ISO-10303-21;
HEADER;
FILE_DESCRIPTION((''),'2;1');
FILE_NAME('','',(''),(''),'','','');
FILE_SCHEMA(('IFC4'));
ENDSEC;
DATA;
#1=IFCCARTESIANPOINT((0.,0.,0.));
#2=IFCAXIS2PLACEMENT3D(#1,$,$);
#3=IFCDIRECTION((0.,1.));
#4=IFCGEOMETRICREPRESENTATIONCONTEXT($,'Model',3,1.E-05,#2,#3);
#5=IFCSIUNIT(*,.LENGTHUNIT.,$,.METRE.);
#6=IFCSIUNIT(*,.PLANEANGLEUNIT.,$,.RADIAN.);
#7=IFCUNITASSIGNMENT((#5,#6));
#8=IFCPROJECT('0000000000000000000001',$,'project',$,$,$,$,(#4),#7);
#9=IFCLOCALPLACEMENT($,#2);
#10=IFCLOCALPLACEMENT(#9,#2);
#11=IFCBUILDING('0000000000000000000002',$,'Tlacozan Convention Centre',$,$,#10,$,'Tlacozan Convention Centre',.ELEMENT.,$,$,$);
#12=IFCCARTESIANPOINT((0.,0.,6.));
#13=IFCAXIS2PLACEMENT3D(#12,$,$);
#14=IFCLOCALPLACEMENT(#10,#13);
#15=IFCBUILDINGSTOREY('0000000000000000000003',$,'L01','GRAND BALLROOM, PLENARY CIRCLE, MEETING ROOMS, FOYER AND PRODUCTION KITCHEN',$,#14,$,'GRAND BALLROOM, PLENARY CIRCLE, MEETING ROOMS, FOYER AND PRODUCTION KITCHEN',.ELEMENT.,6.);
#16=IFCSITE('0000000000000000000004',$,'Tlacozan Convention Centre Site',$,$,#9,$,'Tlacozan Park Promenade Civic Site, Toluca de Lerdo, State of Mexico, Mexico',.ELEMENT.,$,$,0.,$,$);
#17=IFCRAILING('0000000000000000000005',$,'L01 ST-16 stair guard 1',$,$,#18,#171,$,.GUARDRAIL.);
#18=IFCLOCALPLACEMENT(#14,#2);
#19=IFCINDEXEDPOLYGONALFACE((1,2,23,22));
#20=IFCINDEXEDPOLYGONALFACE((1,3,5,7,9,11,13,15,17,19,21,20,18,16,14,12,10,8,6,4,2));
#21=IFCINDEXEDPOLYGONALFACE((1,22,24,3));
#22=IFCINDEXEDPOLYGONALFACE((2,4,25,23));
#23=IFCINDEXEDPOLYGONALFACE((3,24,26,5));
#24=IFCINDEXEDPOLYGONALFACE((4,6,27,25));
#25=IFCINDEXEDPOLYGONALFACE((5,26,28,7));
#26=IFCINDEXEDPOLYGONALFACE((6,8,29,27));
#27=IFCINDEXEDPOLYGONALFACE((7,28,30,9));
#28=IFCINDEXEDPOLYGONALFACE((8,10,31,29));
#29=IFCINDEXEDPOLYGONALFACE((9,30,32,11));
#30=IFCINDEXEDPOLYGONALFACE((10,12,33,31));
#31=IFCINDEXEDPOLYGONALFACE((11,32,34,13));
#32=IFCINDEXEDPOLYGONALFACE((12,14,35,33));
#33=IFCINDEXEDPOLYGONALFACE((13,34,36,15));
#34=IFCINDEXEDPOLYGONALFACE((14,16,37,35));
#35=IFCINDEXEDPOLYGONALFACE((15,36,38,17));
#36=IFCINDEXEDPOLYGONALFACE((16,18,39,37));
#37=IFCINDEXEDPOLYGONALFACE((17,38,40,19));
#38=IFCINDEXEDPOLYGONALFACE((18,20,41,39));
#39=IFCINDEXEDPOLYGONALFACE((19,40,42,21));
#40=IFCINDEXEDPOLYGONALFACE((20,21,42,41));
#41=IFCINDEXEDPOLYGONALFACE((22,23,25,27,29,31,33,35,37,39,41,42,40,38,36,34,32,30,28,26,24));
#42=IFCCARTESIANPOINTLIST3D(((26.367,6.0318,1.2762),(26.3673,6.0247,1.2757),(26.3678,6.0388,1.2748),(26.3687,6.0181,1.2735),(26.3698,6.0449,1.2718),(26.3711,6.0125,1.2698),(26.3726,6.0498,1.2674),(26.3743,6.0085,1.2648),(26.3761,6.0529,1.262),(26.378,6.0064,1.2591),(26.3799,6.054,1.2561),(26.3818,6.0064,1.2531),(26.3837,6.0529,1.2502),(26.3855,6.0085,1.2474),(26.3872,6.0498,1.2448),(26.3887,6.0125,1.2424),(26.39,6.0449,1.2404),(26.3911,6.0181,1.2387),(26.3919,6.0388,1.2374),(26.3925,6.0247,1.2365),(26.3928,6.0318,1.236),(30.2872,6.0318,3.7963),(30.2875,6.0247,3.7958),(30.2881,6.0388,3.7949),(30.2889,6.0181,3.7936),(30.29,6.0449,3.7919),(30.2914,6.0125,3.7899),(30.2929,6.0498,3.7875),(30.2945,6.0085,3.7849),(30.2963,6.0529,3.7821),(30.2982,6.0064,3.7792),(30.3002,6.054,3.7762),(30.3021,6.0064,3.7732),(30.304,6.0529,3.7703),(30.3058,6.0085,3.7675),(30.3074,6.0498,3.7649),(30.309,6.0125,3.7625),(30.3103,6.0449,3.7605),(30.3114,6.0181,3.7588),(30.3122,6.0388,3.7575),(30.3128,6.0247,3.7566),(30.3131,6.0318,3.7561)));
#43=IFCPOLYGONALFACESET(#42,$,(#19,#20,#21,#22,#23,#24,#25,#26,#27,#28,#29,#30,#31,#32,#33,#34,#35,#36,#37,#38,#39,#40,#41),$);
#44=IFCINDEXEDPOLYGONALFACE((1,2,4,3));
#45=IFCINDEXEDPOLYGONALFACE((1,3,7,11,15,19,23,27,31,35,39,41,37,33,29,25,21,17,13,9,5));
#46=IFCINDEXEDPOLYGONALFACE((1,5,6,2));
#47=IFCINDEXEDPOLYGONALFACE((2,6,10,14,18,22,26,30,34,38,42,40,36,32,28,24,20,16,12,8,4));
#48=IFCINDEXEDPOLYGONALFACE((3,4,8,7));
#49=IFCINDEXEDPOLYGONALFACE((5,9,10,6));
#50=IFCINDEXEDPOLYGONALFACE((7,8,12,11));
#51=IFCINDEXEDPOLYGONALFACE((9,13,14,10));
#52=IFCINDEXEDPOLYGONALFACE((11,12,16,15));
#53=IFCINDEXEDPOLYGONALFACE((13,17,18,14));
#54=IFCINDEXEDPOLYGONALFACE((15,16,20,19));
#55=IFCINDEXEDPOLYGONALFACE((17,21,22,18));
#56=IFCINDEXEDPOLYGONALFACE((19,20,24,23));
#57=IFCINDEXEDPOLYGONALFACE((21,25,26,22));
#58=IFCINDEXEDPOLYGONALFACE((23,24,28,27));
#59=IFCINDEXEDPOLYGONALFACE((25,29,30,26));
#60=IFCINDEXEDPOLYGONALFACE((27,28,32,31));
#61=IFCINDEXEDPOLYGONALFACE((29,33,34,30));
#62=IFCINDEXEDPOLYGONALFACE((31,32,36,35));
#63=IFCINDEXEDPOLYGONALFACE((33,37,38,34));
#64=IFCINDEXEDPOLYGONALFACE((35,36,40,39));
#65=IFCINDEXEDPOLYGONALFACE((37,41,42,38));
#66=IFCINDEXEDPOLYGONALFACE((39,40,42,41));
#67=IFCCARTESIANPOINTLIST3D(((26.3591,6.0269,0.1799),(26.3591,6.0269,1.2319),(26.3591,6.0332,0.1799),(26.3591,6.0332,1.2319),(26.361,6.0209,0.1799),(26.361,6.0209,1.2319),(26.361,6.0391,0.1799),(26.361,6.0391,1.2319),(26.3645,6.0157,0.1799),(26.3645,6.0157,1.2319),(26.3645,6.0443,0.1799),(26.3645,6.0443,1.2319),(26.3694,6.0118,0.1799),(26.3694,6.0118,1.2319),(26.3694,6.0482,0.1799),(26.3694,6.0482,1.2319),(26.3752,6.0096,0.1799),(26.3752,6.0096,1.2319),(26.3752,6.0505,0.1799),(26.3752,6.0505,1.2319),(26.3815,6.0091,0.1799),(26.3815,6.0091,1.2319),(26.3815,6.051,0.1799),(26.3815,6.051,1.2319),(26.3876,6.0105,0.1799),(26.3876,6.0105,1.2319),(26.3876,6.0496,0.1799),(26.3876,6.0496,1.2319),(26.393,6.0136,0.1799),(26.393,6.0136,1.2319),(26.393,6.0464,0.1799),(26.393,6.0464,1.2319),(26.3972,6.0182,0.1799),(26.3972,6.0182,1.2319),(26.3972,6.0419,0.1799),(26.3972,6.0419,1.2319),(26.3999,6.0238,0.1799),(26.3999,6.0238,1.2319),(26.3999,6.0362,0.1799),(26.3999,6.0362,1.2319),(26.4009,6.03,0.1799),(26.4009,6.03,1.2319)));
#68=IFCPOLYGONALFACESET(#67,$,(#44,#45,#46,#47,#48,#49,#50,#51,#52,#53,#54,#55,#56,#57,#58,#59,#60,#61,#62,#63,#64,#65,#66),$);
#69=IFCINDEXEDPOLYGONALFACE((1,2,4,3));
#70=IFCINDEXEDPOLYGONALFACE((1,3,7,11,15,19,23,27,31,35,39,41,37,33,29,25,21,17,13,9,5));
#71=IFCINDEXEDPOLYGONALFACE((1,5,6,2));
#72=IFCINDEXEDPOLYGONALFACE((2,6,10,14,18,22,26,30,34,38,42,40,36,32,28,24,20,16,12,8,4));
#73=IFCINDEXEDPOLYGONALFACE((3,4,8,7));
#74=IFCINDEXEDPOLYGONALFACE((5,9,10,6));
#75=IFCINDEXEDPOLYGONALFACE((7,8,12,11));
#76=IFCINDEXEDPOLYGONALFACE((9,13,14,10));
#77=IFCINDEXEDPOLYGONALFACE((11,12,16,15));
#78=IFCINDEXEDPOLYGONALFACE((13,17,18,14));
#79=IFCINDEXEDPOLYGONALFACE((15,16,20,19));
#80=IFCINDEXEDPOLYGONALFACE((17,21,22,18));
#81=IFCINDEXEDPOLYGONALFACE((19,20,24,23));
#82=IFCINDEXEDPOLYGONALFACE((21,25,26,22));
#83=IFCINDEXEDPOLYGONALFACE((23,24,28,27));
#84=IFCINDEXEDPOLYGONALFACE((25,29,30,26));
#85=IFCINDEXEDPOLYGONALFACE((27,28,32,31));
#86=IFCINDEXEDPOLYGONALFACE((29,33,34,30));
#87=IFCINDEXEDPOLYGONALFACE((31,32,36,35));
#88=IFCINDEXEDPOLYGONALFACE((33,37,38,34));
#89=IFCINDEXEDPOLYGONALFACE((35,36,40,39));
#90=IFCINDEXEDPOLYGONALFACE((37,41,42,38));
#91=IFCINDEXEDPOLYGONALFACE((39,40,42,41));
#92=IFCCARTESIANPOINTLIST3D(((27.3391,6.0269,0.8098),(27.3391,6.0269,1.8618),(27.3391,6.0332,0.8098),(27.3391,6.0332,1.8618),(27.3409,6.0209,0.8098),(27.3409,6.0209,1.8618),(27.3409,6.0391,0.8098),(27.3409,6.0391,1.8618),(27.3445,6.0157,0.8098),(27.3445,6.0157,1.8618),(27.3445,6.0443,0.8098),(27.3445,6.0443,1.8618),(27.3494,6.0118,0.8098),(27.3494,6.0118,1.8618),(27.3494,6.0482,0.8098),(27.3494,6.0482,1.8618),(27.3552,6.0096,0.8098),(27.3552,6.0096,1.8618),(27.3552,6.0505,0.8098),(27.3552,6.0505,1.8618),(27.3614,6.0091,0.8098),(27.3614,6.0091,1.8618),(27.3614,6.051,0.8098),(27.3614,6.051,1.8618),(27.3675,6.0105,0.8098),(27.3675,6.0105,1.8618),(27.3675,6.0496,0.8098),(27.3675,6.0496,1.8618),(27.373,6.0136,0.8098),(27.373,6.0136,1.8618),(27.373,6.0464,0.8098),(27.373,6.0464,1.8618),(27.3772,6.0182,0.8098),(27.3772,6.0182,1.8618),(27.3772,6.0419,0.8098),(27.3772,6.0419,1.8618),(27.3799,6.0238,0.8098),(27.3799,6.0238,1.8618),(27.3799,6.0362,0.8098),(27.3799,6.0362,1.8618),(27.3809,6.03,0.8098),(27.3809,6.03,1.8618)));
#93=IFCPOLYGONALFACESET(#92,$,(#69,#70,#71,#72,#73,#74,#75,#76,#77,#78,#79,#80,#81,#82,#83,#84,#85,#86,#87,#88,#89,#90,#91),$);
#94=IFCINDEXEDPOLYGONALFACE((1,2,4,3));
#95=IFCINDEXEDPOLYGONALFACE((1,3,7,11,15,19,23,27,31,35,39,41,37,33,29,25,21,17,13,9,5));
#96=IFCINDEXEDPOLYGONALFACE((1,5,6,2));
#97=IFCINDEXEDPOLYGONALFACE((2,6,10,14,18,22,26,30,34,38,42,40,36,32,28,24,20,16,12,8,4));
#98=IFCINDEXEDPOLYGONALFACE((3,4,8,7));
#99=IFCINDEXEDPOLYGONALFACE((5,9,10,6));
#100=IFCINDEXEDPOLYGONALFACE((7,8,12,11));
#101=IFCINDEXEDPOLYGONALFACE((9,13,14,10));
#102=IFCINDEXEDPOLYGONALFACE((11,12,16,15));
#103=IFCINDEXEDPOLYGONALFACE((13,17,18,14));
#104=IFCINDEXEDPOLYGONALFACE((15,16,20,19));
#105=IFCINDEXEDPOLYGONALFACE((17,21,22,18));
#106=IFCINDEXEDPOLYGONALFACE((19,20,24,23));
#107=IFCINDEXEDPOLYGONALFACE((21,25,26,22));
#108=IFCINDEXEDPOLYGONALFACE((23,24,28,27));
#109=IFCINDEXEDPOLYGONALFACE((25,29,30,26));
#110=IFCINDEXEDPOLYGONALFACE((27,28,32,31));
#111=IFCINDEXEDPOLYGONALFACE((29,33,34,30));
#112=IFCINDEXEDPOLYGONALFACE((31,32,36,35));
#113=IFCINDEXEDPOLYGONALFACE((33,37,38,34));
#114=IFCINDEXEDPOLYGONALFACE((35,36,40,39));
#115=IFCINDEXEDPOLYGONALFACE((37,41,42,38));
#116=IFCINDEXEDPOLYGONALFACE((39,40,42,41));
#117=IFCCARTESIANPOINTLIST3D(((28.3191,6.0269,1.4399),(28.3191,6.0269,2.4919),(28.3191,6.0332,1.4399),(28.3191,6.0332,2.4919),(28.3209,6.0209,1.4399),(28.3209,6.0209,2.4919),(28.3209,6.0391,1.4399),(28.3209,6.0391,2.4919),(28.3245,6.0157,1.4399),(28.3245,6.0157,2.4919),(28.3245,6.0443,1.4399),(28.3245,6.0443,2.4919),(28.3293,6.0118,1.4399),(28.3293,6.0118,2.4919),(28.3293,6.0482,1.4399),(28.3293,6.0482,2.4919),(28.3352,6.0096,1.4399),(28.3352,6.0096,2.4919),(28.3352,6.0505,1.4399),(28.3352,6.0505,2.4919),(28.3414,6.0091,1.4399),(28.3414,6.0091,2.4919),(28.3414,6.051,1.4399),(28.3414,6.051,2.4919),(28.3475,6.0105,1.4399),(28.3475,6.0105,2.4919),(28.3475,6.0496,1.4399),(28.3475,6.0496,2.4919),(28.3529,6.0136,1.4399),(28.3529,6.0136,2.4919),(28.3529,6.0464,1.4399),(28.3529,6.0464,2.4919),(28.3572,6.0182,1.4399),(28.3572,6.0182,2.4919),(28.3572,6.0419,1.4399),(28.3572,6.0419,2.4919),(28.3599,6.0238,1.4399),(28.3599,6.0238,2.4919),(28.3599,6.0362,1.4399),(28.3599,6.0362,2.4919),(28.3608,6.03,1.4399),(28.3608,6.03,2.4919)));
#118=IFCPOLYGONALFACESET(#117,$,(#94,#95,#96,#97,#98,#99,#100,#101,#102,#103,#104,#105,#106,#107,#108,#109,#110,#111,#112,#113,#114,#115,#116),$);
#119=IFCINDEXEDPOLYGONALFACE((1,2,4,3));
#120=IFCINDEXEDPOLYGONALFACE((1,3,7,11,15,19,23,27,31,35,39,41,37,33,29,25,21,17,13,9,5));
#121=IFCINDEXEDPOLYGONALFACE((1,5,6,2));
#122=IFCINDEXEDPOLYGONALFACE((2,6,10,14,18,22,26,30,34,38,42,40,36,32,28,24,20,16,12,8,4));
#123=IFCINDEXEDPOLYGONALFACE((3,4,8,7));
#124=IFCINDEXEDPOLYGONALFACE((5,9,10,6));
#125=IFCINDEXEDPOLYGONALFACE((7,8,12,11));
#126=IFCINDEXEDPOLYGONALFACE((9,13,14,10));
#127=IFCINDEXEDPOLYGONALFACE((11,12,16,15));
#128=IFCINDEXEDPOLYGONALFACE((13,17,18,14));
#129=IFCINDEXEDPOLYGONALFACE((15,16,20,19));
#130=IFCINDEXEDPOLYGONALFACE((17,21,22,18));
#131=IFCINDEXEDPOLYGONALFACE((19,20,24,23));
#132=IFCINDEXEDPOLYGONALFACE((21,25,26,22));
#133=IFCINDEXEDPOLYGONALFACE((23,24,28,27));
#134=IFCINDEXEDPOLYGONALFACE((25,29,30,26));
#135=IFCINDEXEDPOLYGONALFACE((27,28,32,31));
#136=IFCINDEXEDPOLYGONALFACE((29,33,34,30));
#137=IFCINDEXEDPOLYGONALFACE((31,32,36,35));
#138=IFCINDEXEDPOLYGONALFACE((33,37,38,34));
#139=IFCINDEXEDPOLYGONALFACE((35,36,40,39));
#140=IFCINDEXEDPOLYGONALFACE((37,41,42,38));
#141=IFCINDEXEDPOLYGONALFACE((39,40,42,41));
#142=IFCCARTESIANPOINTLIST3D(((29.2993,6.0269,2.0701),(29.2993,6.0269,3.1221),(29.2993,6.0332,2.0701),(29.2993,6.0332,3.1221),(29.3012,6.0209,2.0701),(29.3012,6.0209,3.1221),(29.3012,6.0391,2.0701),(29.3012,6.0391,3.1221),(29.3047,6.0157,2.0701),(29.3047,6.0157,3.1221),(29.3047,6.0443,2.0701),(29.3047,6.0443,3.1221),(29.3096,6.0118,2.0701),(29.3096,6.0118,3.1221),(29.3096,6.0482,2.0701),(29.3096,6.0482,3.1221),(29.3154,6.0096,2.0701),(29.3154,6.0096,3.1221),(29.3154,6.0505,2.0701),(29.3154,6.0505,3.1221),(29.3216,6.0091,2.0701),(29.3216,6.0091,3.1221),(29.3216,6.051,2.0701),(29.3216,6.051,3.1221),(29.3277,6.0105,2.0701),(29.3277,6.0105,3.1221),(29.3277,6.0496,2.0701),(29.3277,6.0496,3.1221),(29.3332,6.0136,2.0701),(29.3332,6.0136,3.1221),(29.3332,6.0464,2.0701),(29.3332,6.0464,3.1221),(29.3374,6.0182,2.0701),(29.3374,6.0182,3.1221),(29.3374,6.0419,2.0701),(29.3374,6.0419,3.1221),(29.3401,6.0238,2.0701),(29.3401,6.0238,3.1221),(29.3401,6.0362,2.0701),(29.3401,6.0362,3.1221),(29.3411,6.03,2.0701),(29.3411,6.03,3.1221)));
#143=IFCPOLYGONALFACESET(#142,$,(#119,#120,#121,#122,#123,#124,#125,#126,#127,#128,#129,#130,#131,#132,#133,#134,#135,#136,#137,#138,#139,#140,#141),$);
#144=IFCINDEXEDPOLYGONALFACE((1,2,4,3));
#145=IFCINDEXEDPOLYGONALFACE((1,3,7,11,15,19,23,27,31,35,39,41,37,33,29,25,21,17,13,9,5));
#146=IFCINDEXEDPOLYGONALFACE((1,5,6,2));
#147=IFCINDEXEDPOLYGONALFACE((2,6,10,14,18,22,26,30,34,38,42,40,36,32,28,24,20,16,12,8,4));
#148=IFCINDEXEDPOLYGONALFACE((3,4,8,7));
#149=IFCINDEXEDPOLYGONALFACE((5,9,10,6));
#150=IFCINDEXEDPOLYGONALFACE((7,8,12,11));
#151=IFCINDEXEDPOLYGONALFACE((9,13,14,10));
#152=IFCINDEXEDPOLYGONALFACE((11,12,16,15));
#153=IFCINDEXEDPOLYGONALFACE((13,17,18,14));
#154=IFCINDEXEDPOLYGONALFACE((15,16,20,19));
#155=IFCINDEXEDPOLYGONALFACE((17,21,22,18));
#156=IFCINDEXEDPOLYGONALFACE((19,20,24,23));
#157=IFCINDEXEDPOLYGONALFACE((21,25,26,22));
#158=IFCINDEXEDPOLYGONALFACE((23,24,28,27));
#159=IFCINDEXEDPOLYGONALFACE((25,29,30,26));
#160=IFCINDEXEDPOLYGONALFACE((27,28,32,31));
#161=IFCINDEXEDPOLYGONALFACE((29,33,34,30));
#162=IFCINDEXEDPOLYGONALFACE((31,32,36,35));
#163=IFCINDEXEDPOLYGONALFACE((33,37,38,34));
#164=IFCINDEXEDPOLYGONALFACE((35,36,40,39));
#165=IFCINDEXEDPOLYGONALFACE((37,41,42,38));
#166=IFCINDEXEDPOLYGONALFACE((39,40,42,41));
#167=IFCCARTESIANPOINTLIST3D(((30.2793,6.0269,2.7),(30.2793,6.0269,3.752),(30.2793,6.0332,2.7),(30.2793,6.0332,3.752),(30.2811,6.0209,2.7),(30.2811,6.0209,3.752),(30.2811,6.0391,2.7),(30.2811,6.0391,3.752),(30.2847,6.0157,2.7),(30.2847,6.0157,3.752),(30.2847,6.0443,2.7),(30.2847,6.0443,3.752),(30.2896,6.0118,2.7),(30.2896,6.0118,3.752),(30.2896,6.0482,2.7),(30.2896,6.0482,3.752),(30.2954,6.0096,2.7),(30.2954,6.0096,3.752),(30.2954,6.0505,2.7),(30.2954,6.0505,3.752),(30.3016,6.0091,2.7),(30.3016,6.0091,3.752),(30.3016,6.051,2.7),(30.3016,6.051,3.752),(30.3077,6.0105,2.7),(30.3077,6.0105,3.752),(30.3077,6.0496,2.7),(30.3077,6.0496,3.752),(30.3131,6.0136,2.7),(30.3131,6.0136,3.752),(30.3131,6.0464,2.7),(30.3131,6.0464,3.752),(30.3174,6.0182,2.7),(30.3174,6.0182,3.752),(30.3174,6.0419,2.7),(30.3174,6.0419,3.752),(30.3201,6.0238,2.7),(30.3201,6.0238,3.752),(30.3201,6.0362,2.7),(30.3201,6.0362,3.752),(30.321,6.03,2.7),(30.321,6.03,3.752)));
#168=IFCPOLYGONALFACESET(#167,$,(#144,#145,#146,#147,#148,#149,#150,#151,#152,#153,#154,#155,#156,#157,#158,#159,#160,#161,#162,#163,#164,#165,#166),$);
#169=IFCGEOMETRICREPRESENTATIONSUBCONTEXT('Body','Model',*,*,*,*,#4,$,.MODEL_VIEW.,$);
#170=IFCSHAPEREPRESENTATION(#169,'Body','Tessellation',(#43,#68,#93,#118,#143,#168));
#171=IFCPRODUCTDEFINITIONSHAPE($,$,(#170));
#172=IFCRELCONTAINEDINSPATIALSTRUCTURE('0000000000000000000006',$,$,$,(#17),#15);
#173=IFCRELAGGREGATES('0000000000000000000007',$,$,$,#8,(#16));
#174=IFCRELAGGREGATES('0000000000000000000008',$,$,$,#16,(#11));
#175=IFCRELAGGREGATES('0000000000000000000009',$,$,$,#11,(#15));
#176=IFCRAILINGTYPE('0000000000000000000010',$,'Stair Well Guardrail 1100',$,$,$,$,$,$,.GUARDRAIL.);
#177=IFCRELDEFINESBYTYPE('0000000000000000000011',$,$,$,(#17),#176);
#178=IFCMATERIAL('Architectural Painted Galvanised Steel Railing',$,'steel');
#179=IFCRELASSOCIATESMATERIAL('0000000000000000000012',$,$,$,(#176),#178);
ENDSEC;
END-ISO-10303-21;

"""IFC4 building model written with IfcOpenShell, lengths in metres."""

from ifc_helpers import new_model, si_unit, direction, frame, origin, origin_2d, place, context, subcontext, project, spatial, circle, extrude, material, type_object, element, save


model = new_model("IFC4")

# Units and contexts
model_context = context("Model", 3, precision=1e-05, world=origin(), true_north=direction((0.0, 1.0)))
body_context = subcontext(model_context, "Body", "Model", "MODEL_VIEW")
ifc_project = project(units=[si_unit("LENGTHUNIT", "METRE"), si_unit("PLANEANGLEUNIT", "RADIAN")], contexts=[model_context])

# Site, building, storey
site_placement = place(None, origin())
site = spatial("IfcSite", under=ifc_project, at=site_placement, Name="Tlacozan Convention Centre Site", LongName="Tlacozan Park Promenade Civic Site, Toluca de Lerdo, State of Mexico, Mexico", CompositionType="ELEMENT", RefElevation=0.0)
building_placement = place(site_placement, origin())
building = spatial("IfcBuilding", under=site, at=building_placement, Name="Tlacozan Convention Centre", LongName="Tlacozan Convention Centre", CompositionType="ELEMENT")
storey_placement = place(building_placement, frame((0.0, 0.0, 6.0)))
storey = spatial("IfcBuildingStorey", under=building, at=storey_placement, Name="L01", Description="GRAND BALLROOM, PLENARY CIRCLE, MEETING ROOMS, FOYER AND PRODUCTION KITCHEN", LongName="GRAND BALLROOM, PLENARY CIRCLE, MEETING ROOMS, FOYER AND PRODUCTION KITCHEN", CompositionType="ELEMENT", Elevation=6.0)

# Railing
ifc_material_1 = material(Name="Architectural Painted Galvanised Steel Railing", Category="steel")
railing_type_1 = type_object("IfcRailingType", Name="Stair Well Guardrail 1100", PredefinedType="GUARDRAIL", material=ifc_material_1)
railing_1_placement = place(storey_placement, frame((26.3799, 6.03, 0.1799)))
element("IfcRailing", 1, at=railing_1_placement, inside=storey, type_object=railing_type_1, Name="L01 ST-16 stair guard 1", PredefinedType="GUARDRAIL", context=body_context, shape_type="SweptSolid", body=[
    extrude(circle(Radius=0.0239, at=origin_2d()), frame((0.0, 0.0, 1.0762), z_axis=(0.841187, 0.0, 0.540744), x_axis=(0.0, 1.0, 0.0)), (0.0, 0.0, 1.0), 4.6604),
    extrude(circle(Radius=0.021, at=origin_2d()), origin(), (0.0, 0.0, 1.0), 1.052),
    extrude(circle(Radius=0.021, at=origin_2d()), frame((0.98, 0.0, 0.6299)), (0.0, 0.0, 1.0), 1.052),
    extrude(circle(Radius=0.021, at=origin_2d()), frame((1.96, 0.0, 1.26)), (0.0, 0.0, 1.0), 1.052),
    extrude(circle(Radius=0.021, at=origin_2d()), frame((2.9402, 0.0, 1.8901)), (0.0, 0.0, 1.0), 1.052),
    extrude(circle(Radius=0.021, at=origin_2d()), frame((3.9202, 0.0, 2.52)), (0.0, 0.0, 1.0), 1.052),
])

save(model, "model.ifc")
